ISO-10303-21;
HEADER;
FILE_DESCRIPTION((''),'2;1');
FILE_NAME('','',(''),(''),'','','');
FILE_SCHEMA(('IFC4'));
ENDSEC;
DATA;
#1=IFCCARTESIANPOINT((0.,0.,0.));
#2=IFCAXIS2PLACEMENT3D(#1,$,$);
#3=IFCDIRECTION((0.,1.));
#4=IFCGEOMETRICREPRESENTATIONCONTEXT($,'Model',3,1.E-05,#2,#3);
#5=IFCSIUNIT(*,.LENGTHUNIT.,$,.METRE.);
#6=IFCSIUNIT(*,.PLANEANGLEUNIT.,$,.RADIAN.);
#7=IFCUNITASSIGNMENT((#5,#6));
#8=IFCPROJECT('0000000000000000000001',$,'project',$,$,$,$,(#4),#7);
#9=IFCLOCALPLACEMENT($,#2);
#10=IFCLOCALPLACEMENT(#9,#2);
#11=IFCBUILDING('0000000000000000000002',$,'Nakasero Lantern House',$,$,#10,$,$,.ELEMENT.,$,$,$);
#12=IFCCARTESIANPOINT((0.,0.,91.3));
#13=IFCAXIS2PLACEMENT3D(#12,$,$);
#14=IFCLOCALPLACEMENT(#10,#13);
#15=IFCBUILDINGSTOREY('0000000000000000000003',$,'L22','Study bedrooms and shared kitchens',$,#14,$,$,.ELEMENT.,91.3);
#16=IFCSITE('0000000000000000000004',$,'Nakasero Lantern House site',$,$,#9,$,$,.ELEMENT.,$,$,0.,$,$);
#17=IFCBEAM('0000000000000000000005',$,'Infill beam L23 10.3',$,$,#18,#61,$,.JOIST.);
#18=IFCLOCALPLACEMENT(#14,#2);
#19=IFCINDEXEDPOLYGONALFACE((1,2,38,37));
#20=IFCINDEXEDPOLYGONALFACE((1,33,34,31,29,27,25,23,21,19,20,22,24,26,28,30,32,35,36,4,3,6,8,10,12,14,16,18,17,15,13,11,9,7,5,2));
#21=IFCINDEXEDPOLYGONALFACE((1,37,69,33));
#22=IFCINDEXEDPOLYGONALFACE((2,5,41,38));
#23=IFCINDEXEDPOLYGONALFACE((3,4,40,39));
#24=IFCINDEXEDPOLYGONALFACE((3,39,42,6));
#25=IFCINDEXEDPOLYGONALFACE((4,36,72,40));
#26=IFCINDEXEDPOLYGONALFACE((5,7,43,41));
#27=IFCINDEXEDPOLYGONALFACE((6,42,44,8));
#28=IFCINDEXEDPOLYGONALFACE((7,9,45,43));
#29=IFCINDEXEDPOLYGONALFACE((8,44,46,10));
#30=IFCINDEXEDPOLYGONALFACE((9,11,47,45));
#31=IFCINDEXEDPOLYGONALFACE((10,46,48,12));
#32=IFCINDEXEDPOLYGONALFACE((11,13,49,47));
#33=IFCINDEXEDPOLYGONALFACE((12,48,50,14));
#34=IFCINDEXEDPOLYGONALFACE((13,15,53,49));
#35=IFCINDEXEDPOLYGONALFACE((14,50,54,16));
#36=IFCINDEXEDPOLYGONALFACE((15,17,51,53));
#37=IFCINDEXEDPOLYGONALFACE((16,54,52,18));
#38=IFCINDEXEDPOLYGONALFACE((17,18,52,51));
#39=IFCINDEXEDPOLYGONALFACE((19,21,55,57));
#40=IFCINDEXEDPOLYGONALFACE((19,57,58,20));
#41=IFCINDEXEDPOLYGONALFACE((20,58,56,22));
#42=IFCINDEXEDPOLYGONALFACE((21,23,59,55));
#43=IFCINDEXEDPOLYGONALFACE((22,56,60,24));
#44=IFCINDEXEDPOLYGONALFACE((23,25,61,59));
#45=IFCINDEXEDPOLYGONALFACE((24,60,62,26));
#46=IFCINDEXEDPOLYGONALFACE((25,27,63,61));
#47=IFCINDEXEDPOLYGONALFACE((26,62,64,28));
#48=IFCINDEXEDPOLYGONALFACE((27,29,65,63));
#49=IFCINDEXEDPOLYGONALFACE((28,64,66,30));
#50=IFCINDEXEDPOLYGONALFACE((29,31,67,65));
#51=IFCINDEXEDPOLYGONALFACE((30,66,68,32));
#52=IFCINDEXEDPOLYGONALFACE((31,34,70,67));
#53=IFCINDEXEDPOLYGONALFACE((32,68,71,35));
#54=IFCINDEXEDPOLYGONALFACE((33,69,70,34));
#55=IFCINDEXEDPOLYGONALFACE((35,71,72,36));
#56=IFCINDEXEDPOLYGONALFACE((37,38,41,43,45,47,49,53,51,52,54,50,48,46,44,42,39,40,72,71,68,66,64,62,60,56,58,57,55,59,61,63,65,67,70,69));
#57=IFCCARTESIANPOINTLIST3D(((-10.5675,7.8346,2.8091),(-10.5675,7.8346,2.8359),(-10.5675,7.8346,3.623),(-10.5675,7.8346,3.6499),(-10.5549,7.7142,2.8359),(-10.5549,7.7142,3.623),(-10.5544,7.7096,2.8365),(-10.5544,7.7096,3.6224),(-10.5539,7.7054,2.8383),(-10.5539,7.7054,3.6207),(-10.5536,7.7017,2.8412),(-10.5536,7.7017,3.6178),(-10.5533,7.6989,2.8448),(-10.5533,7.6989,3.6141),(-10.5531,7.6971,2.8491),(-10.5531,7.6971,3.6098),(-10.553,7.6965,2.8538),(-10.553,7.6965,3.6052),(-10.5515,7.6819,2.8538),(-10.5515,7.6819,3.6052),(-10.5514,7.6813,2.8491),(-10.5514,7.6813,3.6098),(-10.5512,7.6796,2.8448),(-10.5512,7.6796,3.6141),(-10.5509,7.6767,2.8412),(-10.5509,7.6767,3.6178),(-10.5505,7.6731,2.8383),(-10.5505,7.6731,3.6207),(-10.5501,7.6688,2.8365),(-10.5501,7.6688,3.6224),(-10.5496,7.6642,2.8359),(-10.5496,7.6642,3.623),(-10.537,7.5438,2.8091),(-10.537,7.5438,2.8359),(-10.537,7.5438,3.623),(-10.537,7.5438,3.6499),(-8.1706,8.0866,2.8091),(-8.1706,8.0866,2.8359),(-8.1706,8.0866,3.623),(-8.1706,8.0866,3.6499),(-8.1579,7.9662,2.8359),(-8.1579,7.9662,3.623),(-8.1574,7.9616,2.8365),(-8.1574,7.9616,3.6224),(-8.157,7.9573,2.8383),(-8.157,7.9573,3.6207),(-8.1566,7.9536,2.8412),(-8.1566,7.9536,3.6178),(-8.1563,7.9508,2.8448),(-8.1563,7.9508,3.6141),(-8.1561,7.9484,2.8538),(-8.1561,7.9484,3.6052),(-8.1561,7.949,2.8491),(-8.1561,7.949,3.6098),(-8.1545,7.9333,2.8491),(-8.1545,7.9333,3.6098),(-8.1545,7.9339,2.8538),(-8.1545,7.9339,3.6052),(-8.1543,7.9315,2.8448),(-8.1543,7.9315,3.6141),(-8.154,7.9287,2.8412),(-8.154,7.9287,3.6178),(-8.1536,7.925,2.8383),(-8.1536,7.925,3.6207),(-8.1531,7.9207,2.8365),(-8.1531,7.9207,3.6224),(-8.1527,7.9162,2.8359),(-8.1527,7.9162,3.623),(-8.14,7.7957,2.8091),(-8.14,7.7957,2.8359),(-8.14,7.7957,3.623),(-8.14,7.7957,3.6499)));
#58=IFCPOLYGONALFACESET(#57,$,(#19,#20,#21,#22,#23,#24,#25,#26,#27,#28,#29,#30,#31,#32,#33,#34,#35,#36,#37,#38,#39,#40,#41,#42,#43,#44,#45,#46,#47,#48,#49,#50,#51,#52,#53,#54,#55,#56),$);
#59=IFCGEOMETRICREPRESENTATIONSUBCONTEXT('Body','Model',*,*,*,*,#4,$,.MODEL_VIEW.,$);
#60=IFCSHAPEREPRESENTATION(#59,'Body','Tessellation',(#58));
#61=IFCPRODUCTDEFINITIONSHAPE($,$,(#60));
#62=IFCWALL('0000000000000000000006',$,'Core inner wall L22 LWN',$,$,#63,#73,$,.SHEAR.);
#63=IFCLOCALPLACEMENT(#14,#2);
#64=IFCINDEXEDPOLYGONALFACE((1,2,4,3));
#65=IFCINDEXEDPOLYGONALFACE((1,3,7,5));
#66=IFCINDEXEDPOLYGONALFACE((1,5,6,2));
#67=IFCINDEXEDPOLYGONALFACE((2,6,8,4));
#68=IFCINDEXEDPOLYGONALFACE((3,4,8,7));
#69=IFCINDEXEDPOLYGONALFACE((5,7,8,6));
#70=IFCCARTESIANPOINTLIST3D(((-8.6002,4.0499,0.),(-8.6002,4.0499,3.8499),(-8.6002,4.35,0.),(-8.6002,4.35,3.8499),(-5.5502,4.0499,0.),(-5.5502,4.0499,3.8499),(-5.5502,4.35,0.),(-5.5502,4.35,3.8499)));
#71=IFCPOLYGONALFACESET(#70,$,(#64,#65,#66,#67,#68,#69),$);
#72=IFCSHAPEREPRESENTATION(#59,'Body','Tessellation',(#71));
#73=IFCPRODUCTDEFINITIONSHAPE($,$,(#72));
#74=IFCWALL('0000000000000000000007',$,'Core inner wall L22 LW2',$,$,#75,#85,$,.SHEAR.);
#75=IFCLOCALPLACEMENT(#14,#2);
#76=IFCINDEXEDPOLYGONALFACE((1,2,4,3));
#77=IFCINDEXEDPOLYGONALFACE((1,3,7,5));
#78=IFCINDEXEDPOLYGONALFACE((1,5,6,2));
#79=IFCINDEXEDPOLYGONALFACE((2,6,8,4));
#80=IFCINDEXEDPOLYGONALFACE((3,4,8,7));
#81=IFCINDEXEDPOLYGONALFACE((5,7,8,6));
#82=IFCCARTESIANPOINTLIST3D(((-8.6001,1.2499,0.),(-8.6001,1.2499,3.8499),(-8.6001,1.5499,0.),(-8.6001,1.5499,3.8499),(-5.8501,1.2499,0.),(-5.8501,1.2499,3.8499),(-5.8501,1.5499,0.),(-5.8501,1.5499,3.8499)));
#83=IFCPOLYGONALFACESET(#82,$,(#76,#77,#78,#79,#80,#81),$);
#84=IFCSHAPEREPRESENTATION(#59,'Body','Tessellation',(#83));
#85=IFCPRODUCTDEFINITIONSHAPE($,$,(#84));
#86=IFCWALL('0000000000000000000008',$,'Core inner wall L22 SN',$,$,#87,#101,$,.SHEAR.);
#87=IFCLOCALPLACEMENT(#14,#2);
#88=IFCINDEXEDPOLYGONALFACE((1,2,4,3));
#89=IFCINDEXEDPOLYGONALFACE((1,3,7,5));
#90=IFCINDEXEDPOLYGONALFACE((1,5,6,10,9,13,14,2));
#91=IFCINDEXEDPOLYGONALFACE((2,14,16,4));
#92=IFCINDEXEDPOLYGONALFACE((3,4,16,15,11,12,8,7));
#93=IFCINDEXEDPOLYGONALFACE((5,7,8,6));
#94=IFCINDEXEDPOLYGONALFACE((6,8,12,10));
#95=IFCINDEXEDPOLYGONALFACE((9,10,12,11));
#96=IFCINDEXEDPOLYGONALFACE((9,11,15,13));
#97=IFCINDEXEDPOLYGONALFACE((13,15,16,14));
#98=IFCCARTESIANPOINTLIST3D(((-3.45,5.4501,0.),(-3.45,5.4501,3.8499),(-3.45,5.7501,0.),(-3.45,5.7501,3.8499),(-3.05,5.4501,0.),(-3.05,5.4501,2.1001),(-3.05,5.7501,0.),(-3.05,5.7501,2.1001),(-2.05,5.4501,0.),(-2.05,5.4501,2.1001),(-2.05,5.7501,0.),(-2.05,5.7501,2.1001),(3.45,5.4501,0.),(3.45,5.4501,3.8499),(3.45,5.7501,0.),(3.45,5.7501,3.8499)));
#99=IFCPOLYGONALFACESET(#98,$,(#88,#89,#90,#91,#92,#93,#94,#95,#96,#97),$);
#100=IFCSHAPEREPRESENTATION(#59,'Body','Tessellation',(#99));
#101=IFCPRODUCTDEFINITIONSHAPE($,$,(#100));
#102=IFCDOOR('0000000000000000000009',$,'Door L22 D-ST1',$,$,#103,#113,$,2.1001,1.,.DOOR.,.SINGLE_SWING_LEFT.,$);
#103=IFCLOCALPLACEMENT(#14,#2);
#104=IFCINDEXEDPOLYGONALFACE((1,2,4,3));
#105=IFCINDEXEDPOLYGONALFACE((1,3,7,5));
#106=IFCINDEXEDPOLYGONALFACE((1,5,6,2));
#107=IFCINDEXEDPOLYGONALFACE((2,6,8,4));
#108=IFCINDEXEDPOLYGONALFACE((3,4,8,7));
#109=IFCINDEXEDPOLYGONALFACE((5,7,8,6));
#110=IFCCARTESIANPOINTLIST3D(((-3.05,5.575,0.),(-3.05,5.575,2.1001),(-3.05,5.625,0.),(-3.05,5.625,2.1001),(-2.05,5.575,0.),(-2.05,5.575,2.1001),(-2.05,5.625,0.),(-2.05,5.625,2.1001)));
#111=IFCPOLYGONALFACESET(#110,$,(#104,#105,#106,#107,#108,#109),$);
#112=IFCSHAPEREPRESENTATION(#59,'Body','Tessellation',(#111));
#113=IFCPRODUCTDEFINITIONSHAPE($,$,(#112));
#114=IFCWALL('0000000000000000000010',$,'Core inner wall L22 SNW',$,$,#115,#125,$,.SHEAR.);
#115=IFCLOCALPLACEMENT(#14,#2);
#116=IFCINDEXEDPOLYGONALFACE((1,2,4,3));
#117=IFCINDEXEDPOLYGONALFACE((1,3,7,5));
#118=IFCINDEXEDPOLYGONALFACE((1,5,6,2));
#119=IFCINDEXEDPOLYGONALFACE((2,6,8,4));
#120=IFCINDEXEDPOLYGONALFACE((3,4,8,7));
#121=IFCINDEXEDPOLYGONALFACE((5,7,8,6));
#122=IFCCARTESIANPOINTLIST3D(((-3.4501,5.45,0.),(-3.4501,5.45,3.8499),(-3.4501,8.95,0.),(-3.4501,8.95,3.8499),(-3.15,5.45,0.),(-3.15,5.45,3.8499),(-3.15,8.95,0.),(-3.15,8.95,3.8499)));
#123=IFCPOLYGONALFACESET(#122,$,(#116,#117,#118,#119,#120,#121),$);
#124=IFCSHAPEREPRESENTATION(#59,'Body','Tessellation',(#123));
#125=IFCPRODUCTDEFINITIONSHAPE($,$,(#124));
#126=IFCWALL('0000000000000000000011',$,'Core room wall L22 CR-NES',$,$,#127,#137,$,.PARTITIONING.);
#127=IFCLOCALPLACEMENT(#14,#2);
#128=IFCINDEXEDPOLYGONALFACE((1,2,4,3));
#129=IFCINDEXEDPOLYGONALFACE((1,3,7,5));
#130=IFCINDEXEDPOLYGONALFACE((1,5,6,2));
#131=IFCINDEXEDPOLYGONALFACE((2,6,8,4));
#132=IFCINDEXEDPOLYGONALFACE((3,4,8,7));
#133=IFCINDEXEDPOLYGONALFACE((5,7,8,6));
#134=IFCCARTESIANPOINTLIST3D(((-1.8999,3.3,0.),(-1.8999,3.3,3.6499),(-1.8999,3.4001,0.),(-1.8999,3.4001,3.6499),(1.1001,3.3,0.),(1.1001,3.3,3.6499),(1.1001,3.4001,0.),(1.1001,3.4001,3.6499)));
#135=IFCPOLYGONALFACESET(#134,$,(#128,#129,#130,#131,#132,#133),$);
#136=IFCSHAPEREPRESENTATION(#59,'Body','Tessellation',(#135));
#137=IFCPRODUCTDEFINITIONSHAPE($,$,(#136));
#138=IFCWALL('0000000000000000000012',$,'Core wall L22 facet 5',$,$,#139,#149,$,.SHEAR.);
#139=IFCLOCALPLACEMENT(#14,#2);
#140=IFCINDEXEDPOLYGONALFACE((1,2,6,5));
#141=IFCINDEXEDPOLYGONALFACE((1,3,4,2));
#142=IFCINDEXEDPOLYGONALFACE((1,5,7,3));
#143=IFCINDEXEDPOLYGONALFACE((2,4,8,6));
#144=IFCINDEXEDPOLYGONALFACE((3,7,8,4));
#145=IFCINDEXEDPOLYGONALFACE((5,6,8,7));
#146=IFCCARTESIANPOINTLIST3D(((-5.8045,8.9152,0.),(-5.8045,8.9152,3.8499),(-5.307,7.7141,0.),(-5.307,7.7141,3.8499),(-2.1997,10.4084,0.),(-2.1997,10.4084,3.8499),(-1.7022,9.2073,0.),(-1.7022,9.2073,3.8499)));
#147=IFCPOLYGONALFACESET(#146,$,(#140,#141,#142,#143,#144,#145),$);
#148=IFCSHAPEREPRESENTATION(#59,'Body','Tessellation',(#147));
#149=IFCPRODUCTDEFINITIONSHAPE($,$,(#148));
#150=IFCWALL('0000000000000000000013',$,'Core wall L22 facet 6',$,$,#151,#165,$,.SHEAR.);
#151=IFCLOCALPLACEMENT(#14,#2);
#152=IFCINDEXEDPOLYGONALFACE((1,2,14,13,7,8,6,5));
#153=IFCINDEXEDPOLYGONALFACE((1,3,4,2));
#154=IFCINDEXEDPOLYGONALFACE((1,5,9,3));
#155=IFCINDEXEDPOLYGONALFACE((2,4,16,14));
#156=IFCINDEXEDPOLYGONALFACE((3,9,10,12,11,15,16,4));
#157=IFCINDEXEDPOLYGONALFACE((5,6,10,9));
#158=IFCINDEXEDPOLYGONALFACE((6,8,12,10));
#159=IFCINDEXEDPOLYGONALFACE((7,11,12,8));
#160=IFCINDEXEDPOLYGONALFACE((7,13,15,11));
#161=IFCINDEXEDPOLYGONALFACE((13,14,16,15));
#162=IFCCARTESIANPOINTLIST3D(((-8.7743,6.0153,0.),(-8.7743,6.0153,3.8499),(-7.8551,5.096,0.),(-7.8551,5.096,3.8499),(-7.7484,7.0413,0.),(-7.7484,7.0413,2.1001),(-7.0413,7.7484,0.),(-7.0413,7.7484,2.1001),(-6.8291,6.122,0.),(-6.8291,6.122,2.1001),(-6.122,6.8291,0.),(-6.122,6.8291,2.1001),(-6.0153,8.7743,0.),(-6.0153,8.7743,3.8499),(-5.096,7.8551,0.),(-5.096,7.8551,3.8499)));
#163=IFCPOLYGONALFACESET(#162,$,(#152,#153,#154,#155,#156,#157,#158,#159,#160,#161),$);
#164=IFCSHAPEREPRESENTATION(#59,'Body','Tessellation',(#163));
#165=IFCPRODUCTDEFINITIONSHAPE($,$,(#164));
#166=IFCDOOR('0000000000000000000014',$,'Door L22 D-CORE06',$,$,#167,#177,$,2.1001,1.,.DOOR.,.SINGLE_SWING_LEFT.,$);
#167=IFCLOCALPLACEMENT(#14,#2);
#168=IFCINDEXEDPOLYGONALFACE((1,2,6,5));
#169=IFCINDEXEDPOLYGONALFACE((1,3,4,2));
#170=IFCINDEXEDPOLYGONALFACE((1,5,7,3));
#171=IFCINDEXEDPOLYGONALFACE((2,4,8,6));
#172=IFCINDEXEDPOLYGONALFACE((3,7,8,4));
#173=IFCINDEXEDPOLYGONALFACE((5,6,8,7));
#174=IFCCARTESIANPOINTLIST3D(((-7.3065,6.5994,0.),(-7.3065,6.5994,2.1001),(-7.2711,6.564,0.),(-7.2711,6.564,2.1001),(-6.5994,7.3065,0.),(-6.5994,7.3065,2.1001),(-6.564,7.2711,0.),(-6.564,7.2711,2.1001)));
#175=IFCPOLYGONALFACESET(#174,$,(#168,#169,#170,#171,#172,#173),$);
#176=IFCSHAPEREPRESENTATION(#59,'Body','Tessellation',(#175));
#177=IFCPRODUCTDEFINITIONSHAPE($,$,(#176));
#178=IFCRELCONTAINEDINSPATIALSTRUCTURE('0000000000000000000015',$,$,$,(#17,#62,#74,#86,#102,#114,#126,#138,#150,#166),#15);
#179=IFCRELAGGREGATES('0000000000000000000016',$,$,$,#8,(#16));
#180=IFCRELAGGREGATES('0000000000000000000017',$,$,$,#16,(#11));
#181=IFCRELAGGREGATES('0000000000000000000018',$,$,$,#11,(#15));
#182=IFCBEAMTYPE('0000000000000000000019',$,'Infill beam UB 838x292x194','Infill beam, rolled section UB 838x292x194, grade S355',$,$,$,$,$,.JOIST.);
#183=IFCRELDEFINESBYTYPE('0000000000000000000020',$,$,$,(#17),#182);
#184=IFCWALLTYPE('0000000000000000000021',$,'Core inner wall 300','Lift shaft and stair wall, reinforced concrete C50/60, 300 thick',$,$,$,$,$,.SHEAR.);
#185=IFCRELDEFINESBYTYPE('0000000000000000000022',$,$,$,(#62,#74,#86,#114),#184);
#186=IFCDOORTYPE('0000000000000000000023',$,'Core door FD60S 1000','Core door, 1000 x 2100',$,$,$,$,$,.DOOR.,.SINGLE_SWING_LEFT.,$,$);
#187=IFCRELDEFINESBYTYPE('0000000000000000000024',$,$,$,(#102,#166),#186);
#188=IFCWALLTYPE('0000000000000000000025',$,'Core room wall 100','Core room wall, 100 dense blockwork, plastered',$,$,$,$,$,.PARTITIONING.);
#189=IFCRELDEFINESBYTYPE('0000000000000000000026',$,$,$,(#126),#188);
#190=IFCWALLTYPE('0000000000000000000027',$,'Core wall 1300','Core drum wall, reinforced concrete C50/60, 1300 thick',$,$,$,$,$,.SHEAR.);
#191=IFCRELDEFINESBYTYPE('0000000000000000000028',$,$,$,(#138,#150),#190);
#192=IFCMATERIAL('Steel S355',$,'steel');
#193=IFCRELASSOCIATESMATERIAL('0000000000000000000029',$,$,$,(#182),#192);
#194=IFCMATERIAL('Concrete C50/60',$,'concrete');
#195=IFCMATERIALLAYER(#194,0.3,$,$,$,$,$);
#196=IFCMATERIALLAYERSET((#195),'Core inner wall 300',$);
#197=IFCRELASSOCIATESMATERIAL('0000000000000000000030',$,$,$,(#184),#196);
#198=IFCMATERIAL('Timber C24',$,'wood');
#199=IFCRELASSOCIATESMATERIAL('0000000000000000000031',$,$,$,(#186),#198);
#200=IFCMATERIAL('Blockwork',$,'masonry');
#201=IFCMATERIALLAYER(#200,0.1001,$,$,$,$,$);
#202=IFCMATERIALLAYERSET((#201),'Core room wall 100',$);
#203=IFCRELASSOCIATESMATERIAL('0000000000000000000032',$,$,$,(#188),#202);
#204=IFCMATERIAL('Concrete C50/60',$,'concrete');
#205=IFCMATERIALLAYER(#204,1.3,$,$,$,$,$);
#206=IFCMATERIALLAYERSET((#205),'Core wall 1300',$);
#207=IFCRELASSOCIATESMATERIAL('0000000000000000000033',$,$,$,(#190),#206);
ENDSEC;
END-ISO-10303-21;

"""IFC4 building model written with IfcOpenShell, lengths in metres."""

from ifc_helpers import new_model, si_unit, direction, frame, frame_2d, origin, origin_2d, place, context, subcontext, project, spatial, rectangle, i_section, extrude, material, layer, layer_set, material_profile, profile_set, type_object, element, fill, save


model = new_model("IFC4")

# Units and contexts
model_context = context("Model", 3, precision=1e-05, world=origin(), true_north=direction((0.0, 1.0)))
body_context = subcontext(model_context, "Body", "Model", "MODEL_VIEW")
ifc_project = project(units=[si_unit("LENGTHUNIT", "METRE"), si_unit("PLANEANGLEUNIT", "RADIAN")], contexts=[model_context])

# Site, building, storey
site_placement = place(None, origin())
site = spatial("IfcSite", under=ifc_project, at=site_placement, Name="Nakasero Lantern House site", CompositionType="ELEMENT", RefElevation=0.0)
building_placement = place(site_placement, origin())
building = spatial("IfcBuilding", under=site, at=building_placement, Name="Nakasero Lantern House", CompositionType="ELEMENT")
storey_placement = place(building_placement, frame((0.0, 0.0, 91.3)))
storey = spatial("IfcBuildingStorey", under=building, at=storey_placement, Name="L22", Description="Study bedrooms and shared kitchens", CompositionType="ELEMENT", Elevation=91.3)

# Beam
ifc_material_1 = material(Name="Steel S355", Category="steel")
ifc_material_profile_1 = material_profile(ifc_material_1, i_section(OverallWidth=0.2925, OverallDepth=0.8408, WebThickness=0.0146, FlangeThickness=0.0269, FilletRadius=0.0178, at=origin_2d()), Name="UB 838x292x194")
ifc_profile_set_1 = profile_set([ifc_material_profile_1], Name="Steel S355")
beam_type_1 = type_object("IfcBeamType", Name="Infill beam UB 838x292x194", Description="Infill beam, rolled section UB 838x292x194, grade S355", PredefinedType="JOIST", material=ifc_profile_set_1)
beam_1_placement = place(storey_placement, frame((-10.5522, 7.6892, 3.2295), z_axis=(0.994521, 0.104537, 0.0), x_axis=(-0.104537, 0.994521, 0.0)))
element("IfcBeam", 1, at=beam_1_placement, inside=storey, type_object=beam_type_1, Name="Infill beam L23 10.3", PredefinedType="JOIST", context=body_context, shape_type="SweptSolid", body=[
    extrude(i_section(OverallWidth=0.2925, OverallDepth=0.8408, WebThickness=0.0146, FlangeThickness=0.0269, FilletRadius=0.0178, at=origin_2d()), origin(), (0.0, 0.0, 1.0), 2.4102),
])

# Walls
ifc_material_2 = material(Name="Concrete C50/60", Category="concrete")
ifc_layer_1 = layer(ifc_material_2, 0.3)
ifc_layer_set_1 = layer_set([ifc_layer_1], Name="Core inner wall 300")
wall_type_1 = type_object("IfcWallType", Name="Core inner wall 300", Description="Lift shaft and stair wall, reinforced concrete C50/60, 300 thick", PredefinedType="SHEAR", material=ifc_layer_set_1)
wall_1_placement = place(storey_placement, frame((-8.6001, 4.2, 0.0), z_axis=(0.0, 0.0, 1.0), x_axis=(1.0, 0.0, 0.0)))
element("IfcWall", 2, at=wall_1_placement, inside=storey, type_object=wall_type_1, Name="Core inner wall L22 LWN", PredefinedType="SHEAR", context=body_context, shape_type="SweptSolid", body=[
    extrude(rectangle(XDim=3.05, YDim=0.3, at=frame_2d((1.5249, 0.0))), origin(), (0.0, 0.0, 1.0), 3.8499),
])
wall_2_placement = place(storey_placement, frame((-8.6001, 1.3999, 0.0), z_axis=(0.0, 0.0, 1.0), x_axis=(1.0, 0.0, 0.0)))
element("IfcWall", 3, at=wall_2_placement, inside=storey, type_object=wall_type_1, Name="Core inner wall L22 LW2", PredefinedType="SHEAR", context=body_context, shape_type="SweptSolid", body=[
    extrude(rectangle(XDim=2.75, YDim=0.3, at=frame_2d((1.375, 0.0))), origin(), (0.0, 0.0, 1.0), 3.8499),
])

# Wall, opening, door
wall_3_placement = place(storey_placement, frame((-3.45, 5.6001, 0.0), z_axis=(0.0, 0.0, 1.0), x_axis=(1.0, 0.0, 0.0)))
wall_3 = element("IfcWall", 4, at=wall_3_placement, inside=storey, type_object=wall_type_1, Name="Core inner wall L22 SN", PredefinedType="SHEAR", context=body_context, shape_type="SweptSolid", body=[
    extrude(rectangle(XDim=6.8999, YDim=0.3, at=frame_2d((3.45, 0.0))), origin(), (0.0, 0.0, 1.0), 3.8499),
])
opening_1_placement = place(wall_3_placement, frame((0.3999, 0.0, 0.0)))
opening_1 = element("IfcOpeningElement", 5, at=opening_1_placement, cuts=wall_3, PredefinedType="OPENING", context=body_context, shape_type="SweptSolid", body=[
    extrude(rectangle(XDim=1.0, YDim=2.1001, at=frame_2d((0.5, 1.05))), frame((0.0, 0.1699, 0.0), z_axis=(0.0, -1.0, 0.0), x_axis=(1.0, 0.0, 0.0)), (0.0, 0.0, 1.0), 0.3401),
])
ifc_material_3 = material(Name="Timber C24", Category="wood")
door_type = type_object("IfcDoorType", Name="Core door FD60S 1000", Description="Core door, 1000 x 2100", OperationType="SINGLE_SWING_LEFT", PredefinedType="DOOR", material=ifc_material_3)
door_1_placement = place(opening_1_placement, origin())
door_1 = element("IfcDoor", 6, at=door_1_placement, inside=storey, type_object=door_type, Name="Door L22 D-ST1", OperationType="SINGLE_SWING_LEFT", OverallHeight=2.1001, OverallWidth=1.0, PredefinedType="DOOR", context=body_context, shape_type="SweptSolid", body=[
    extrude(rectangle(XDim=1.0, YDim=2.1001, at=frame_2d((0.5, 1.05))), frame((0.0, 0.0249, 0.0), z_axis=(0.0, -1.0, 0.0), x_axis=(1.0, 0.0, 0.0)), (0.0, 0.0, 1.0), 0.05),
])
fill(opening_1, door_1)

# Walls
wall_4_placement = place(storey_placement, frame((-3.3, 5.45, 0.0), z_axis=(0.0, 0.0, 1.0), x_axis=(0.0, 1.0, 0.0)))
element("IfcWall", 7, at=wall_4_placement, inside=storey, type_object=wall_type_1, Name="Core inner wall L22 SNW", PredefinedType="SHEAR", context=body_context, shape_type="SweptSolid", body=[
    extrude(rectangle(XDim=3.5, YDim=0.3, at=frame_2d((1.75, 0.0))), origin(), (0.0, 0.0, 1.0), 3.8499),
])
ifc_material_4 = material(Name="Blockwork", Category="masonry")
ifc_layer_2 = layer(ifc_material_4, 0.1001)
ifc_layer_set_2 = layer_set([ifc_layer_2], Name="Core room wall 100")
wall_type_2 = type_object("IfcWallType", Name="Core room wall 100", Description="Core room wall, 100 dense blockwork, plastered", PredefinedType="PARTITIONING", material=ifc_layer_set_2)
wall_5_placement = place(storey_placement, frame((-1.8999, 3.3501, 0.0), z_axis=(0.0, 0.0, 1.0), x_axis=(1.0, 0.0, 0.0)))
element("IfcWall", 8, at=wall_5_placement, inside=storey, type_object=wall_type_2, Name="Core room wall L22 CR-NES", PredefinedType="PARTITIONING", context=body_context, shape_type="SweptSolid", body=[
    extrude(rectangle(XDim=3.0, YDim=0.1001, at=frame_2d((1.5, 0.0))), origin(), (0.0, 0.0, 1.0), 3.6499),
])
ifc_material_5 = material(Name="Concrete C50/60", Category="concrete")
ifc_layer_3 = layer(ifc_material_5, 1.3)
ifc_layer_set_3 = layer_set([ifc_layer_3], Name="Core wall 1300")
wall_type_3 = type_object("IfcWallType", Name="Core wall 1300", Description="Core drum wall, reinforced concrete C50/60, 1300 thick", PredefinedType="SHEAR", material=ifc_layer_set_3)
wall_6_placement = place(storey_placement, frame((-1.9509, 9.8079, 0.0), z_axis=(0.0, 0.0, 1.0), x_axis=(-0.923877, -0.382691, 0.0)))
element("IfcWall", 9, at=wall_6_placement, inside=storey, type_object=wall_type_3, Name="Core wall L22 facet 5", PredefinedType="SHEAR", context=body_context, shape_type="SweptSolid", body=[
    extrude(rectangle(XDim=3.9019, YDim=1.3, at=frame_2d((1.9509, 0.0))), origin(), (0.0, 0.0, 1.0), 3.8499),
])

# Wall, opening, door
wall_7_placement = place(storey_placement, frame((-5.5557, 8.3147, 0.0), z_axis=(0.0, 0.0, 1.0), x_axis=(-0.707107, -0.707107, 0.0)))
wall_7 = element("IfcWall", 10, at=wall_7_placement, inside=storey, type_object=wall_type_3, Name="Core wall L22 facet 6", PredefinedType="SHEAR", context=body_context, shape_type="SweptSolid", body=[
    extrude(rectangle(XDim=3.9019, YDim=1.3, at=frame_2d((1.9509, 0.0))), origin(), (0.0, 0.0, 1.0), 3.8499),
])
opening_2_placement = place(wall_7_placement, frame((1.4509, 0.0, 0.0)))
opening_2 = element("IfcOpeningElement", 11, at=opening_2_placement, cuts=wall_7, PredefinedType="OPENING", context=body_context, shape_type="SweptSolid", body=[
    extrude(rectangle(XDim=1.0, YDim=2.1001, at=frame_2d((0.5, 1.05))), frame((0.0, 0.6699, 0.0), z_axis=(0.0, -1.0, 0.0), x_axis=(1.0, 0.0, 0.0)), (0.0, 0.0, 1.0), 1.3401),
])
door_2_placement = place(opening_2_placement, origin())
door_2 = element("IfcDoor", 12, at=door_2_placement, inside=storey, type_object=door_type, Name="Door L22 D-CORE06", OperationType="SINGLE_SWING_LEFT", OverallHeight=2.1001, OverallWidth=1.0, PredefinedType="DOOR", context=body_context, shape_type="SweptSolid", body=[
    extrude(rectangle(XDim=1.0, YDim=2.1001, at=frame_2d((0.5, 1.05))), frame((0.0, 0.0249, 0.0), z_axis=(0.0, -1.0, 0.0), x_axis=(1.0, 0.0, 0.0)), (0.0, 0.0, 1.0), 0.05),
])
fill(opening_2, door_2)

save(model, "model.ifc")
